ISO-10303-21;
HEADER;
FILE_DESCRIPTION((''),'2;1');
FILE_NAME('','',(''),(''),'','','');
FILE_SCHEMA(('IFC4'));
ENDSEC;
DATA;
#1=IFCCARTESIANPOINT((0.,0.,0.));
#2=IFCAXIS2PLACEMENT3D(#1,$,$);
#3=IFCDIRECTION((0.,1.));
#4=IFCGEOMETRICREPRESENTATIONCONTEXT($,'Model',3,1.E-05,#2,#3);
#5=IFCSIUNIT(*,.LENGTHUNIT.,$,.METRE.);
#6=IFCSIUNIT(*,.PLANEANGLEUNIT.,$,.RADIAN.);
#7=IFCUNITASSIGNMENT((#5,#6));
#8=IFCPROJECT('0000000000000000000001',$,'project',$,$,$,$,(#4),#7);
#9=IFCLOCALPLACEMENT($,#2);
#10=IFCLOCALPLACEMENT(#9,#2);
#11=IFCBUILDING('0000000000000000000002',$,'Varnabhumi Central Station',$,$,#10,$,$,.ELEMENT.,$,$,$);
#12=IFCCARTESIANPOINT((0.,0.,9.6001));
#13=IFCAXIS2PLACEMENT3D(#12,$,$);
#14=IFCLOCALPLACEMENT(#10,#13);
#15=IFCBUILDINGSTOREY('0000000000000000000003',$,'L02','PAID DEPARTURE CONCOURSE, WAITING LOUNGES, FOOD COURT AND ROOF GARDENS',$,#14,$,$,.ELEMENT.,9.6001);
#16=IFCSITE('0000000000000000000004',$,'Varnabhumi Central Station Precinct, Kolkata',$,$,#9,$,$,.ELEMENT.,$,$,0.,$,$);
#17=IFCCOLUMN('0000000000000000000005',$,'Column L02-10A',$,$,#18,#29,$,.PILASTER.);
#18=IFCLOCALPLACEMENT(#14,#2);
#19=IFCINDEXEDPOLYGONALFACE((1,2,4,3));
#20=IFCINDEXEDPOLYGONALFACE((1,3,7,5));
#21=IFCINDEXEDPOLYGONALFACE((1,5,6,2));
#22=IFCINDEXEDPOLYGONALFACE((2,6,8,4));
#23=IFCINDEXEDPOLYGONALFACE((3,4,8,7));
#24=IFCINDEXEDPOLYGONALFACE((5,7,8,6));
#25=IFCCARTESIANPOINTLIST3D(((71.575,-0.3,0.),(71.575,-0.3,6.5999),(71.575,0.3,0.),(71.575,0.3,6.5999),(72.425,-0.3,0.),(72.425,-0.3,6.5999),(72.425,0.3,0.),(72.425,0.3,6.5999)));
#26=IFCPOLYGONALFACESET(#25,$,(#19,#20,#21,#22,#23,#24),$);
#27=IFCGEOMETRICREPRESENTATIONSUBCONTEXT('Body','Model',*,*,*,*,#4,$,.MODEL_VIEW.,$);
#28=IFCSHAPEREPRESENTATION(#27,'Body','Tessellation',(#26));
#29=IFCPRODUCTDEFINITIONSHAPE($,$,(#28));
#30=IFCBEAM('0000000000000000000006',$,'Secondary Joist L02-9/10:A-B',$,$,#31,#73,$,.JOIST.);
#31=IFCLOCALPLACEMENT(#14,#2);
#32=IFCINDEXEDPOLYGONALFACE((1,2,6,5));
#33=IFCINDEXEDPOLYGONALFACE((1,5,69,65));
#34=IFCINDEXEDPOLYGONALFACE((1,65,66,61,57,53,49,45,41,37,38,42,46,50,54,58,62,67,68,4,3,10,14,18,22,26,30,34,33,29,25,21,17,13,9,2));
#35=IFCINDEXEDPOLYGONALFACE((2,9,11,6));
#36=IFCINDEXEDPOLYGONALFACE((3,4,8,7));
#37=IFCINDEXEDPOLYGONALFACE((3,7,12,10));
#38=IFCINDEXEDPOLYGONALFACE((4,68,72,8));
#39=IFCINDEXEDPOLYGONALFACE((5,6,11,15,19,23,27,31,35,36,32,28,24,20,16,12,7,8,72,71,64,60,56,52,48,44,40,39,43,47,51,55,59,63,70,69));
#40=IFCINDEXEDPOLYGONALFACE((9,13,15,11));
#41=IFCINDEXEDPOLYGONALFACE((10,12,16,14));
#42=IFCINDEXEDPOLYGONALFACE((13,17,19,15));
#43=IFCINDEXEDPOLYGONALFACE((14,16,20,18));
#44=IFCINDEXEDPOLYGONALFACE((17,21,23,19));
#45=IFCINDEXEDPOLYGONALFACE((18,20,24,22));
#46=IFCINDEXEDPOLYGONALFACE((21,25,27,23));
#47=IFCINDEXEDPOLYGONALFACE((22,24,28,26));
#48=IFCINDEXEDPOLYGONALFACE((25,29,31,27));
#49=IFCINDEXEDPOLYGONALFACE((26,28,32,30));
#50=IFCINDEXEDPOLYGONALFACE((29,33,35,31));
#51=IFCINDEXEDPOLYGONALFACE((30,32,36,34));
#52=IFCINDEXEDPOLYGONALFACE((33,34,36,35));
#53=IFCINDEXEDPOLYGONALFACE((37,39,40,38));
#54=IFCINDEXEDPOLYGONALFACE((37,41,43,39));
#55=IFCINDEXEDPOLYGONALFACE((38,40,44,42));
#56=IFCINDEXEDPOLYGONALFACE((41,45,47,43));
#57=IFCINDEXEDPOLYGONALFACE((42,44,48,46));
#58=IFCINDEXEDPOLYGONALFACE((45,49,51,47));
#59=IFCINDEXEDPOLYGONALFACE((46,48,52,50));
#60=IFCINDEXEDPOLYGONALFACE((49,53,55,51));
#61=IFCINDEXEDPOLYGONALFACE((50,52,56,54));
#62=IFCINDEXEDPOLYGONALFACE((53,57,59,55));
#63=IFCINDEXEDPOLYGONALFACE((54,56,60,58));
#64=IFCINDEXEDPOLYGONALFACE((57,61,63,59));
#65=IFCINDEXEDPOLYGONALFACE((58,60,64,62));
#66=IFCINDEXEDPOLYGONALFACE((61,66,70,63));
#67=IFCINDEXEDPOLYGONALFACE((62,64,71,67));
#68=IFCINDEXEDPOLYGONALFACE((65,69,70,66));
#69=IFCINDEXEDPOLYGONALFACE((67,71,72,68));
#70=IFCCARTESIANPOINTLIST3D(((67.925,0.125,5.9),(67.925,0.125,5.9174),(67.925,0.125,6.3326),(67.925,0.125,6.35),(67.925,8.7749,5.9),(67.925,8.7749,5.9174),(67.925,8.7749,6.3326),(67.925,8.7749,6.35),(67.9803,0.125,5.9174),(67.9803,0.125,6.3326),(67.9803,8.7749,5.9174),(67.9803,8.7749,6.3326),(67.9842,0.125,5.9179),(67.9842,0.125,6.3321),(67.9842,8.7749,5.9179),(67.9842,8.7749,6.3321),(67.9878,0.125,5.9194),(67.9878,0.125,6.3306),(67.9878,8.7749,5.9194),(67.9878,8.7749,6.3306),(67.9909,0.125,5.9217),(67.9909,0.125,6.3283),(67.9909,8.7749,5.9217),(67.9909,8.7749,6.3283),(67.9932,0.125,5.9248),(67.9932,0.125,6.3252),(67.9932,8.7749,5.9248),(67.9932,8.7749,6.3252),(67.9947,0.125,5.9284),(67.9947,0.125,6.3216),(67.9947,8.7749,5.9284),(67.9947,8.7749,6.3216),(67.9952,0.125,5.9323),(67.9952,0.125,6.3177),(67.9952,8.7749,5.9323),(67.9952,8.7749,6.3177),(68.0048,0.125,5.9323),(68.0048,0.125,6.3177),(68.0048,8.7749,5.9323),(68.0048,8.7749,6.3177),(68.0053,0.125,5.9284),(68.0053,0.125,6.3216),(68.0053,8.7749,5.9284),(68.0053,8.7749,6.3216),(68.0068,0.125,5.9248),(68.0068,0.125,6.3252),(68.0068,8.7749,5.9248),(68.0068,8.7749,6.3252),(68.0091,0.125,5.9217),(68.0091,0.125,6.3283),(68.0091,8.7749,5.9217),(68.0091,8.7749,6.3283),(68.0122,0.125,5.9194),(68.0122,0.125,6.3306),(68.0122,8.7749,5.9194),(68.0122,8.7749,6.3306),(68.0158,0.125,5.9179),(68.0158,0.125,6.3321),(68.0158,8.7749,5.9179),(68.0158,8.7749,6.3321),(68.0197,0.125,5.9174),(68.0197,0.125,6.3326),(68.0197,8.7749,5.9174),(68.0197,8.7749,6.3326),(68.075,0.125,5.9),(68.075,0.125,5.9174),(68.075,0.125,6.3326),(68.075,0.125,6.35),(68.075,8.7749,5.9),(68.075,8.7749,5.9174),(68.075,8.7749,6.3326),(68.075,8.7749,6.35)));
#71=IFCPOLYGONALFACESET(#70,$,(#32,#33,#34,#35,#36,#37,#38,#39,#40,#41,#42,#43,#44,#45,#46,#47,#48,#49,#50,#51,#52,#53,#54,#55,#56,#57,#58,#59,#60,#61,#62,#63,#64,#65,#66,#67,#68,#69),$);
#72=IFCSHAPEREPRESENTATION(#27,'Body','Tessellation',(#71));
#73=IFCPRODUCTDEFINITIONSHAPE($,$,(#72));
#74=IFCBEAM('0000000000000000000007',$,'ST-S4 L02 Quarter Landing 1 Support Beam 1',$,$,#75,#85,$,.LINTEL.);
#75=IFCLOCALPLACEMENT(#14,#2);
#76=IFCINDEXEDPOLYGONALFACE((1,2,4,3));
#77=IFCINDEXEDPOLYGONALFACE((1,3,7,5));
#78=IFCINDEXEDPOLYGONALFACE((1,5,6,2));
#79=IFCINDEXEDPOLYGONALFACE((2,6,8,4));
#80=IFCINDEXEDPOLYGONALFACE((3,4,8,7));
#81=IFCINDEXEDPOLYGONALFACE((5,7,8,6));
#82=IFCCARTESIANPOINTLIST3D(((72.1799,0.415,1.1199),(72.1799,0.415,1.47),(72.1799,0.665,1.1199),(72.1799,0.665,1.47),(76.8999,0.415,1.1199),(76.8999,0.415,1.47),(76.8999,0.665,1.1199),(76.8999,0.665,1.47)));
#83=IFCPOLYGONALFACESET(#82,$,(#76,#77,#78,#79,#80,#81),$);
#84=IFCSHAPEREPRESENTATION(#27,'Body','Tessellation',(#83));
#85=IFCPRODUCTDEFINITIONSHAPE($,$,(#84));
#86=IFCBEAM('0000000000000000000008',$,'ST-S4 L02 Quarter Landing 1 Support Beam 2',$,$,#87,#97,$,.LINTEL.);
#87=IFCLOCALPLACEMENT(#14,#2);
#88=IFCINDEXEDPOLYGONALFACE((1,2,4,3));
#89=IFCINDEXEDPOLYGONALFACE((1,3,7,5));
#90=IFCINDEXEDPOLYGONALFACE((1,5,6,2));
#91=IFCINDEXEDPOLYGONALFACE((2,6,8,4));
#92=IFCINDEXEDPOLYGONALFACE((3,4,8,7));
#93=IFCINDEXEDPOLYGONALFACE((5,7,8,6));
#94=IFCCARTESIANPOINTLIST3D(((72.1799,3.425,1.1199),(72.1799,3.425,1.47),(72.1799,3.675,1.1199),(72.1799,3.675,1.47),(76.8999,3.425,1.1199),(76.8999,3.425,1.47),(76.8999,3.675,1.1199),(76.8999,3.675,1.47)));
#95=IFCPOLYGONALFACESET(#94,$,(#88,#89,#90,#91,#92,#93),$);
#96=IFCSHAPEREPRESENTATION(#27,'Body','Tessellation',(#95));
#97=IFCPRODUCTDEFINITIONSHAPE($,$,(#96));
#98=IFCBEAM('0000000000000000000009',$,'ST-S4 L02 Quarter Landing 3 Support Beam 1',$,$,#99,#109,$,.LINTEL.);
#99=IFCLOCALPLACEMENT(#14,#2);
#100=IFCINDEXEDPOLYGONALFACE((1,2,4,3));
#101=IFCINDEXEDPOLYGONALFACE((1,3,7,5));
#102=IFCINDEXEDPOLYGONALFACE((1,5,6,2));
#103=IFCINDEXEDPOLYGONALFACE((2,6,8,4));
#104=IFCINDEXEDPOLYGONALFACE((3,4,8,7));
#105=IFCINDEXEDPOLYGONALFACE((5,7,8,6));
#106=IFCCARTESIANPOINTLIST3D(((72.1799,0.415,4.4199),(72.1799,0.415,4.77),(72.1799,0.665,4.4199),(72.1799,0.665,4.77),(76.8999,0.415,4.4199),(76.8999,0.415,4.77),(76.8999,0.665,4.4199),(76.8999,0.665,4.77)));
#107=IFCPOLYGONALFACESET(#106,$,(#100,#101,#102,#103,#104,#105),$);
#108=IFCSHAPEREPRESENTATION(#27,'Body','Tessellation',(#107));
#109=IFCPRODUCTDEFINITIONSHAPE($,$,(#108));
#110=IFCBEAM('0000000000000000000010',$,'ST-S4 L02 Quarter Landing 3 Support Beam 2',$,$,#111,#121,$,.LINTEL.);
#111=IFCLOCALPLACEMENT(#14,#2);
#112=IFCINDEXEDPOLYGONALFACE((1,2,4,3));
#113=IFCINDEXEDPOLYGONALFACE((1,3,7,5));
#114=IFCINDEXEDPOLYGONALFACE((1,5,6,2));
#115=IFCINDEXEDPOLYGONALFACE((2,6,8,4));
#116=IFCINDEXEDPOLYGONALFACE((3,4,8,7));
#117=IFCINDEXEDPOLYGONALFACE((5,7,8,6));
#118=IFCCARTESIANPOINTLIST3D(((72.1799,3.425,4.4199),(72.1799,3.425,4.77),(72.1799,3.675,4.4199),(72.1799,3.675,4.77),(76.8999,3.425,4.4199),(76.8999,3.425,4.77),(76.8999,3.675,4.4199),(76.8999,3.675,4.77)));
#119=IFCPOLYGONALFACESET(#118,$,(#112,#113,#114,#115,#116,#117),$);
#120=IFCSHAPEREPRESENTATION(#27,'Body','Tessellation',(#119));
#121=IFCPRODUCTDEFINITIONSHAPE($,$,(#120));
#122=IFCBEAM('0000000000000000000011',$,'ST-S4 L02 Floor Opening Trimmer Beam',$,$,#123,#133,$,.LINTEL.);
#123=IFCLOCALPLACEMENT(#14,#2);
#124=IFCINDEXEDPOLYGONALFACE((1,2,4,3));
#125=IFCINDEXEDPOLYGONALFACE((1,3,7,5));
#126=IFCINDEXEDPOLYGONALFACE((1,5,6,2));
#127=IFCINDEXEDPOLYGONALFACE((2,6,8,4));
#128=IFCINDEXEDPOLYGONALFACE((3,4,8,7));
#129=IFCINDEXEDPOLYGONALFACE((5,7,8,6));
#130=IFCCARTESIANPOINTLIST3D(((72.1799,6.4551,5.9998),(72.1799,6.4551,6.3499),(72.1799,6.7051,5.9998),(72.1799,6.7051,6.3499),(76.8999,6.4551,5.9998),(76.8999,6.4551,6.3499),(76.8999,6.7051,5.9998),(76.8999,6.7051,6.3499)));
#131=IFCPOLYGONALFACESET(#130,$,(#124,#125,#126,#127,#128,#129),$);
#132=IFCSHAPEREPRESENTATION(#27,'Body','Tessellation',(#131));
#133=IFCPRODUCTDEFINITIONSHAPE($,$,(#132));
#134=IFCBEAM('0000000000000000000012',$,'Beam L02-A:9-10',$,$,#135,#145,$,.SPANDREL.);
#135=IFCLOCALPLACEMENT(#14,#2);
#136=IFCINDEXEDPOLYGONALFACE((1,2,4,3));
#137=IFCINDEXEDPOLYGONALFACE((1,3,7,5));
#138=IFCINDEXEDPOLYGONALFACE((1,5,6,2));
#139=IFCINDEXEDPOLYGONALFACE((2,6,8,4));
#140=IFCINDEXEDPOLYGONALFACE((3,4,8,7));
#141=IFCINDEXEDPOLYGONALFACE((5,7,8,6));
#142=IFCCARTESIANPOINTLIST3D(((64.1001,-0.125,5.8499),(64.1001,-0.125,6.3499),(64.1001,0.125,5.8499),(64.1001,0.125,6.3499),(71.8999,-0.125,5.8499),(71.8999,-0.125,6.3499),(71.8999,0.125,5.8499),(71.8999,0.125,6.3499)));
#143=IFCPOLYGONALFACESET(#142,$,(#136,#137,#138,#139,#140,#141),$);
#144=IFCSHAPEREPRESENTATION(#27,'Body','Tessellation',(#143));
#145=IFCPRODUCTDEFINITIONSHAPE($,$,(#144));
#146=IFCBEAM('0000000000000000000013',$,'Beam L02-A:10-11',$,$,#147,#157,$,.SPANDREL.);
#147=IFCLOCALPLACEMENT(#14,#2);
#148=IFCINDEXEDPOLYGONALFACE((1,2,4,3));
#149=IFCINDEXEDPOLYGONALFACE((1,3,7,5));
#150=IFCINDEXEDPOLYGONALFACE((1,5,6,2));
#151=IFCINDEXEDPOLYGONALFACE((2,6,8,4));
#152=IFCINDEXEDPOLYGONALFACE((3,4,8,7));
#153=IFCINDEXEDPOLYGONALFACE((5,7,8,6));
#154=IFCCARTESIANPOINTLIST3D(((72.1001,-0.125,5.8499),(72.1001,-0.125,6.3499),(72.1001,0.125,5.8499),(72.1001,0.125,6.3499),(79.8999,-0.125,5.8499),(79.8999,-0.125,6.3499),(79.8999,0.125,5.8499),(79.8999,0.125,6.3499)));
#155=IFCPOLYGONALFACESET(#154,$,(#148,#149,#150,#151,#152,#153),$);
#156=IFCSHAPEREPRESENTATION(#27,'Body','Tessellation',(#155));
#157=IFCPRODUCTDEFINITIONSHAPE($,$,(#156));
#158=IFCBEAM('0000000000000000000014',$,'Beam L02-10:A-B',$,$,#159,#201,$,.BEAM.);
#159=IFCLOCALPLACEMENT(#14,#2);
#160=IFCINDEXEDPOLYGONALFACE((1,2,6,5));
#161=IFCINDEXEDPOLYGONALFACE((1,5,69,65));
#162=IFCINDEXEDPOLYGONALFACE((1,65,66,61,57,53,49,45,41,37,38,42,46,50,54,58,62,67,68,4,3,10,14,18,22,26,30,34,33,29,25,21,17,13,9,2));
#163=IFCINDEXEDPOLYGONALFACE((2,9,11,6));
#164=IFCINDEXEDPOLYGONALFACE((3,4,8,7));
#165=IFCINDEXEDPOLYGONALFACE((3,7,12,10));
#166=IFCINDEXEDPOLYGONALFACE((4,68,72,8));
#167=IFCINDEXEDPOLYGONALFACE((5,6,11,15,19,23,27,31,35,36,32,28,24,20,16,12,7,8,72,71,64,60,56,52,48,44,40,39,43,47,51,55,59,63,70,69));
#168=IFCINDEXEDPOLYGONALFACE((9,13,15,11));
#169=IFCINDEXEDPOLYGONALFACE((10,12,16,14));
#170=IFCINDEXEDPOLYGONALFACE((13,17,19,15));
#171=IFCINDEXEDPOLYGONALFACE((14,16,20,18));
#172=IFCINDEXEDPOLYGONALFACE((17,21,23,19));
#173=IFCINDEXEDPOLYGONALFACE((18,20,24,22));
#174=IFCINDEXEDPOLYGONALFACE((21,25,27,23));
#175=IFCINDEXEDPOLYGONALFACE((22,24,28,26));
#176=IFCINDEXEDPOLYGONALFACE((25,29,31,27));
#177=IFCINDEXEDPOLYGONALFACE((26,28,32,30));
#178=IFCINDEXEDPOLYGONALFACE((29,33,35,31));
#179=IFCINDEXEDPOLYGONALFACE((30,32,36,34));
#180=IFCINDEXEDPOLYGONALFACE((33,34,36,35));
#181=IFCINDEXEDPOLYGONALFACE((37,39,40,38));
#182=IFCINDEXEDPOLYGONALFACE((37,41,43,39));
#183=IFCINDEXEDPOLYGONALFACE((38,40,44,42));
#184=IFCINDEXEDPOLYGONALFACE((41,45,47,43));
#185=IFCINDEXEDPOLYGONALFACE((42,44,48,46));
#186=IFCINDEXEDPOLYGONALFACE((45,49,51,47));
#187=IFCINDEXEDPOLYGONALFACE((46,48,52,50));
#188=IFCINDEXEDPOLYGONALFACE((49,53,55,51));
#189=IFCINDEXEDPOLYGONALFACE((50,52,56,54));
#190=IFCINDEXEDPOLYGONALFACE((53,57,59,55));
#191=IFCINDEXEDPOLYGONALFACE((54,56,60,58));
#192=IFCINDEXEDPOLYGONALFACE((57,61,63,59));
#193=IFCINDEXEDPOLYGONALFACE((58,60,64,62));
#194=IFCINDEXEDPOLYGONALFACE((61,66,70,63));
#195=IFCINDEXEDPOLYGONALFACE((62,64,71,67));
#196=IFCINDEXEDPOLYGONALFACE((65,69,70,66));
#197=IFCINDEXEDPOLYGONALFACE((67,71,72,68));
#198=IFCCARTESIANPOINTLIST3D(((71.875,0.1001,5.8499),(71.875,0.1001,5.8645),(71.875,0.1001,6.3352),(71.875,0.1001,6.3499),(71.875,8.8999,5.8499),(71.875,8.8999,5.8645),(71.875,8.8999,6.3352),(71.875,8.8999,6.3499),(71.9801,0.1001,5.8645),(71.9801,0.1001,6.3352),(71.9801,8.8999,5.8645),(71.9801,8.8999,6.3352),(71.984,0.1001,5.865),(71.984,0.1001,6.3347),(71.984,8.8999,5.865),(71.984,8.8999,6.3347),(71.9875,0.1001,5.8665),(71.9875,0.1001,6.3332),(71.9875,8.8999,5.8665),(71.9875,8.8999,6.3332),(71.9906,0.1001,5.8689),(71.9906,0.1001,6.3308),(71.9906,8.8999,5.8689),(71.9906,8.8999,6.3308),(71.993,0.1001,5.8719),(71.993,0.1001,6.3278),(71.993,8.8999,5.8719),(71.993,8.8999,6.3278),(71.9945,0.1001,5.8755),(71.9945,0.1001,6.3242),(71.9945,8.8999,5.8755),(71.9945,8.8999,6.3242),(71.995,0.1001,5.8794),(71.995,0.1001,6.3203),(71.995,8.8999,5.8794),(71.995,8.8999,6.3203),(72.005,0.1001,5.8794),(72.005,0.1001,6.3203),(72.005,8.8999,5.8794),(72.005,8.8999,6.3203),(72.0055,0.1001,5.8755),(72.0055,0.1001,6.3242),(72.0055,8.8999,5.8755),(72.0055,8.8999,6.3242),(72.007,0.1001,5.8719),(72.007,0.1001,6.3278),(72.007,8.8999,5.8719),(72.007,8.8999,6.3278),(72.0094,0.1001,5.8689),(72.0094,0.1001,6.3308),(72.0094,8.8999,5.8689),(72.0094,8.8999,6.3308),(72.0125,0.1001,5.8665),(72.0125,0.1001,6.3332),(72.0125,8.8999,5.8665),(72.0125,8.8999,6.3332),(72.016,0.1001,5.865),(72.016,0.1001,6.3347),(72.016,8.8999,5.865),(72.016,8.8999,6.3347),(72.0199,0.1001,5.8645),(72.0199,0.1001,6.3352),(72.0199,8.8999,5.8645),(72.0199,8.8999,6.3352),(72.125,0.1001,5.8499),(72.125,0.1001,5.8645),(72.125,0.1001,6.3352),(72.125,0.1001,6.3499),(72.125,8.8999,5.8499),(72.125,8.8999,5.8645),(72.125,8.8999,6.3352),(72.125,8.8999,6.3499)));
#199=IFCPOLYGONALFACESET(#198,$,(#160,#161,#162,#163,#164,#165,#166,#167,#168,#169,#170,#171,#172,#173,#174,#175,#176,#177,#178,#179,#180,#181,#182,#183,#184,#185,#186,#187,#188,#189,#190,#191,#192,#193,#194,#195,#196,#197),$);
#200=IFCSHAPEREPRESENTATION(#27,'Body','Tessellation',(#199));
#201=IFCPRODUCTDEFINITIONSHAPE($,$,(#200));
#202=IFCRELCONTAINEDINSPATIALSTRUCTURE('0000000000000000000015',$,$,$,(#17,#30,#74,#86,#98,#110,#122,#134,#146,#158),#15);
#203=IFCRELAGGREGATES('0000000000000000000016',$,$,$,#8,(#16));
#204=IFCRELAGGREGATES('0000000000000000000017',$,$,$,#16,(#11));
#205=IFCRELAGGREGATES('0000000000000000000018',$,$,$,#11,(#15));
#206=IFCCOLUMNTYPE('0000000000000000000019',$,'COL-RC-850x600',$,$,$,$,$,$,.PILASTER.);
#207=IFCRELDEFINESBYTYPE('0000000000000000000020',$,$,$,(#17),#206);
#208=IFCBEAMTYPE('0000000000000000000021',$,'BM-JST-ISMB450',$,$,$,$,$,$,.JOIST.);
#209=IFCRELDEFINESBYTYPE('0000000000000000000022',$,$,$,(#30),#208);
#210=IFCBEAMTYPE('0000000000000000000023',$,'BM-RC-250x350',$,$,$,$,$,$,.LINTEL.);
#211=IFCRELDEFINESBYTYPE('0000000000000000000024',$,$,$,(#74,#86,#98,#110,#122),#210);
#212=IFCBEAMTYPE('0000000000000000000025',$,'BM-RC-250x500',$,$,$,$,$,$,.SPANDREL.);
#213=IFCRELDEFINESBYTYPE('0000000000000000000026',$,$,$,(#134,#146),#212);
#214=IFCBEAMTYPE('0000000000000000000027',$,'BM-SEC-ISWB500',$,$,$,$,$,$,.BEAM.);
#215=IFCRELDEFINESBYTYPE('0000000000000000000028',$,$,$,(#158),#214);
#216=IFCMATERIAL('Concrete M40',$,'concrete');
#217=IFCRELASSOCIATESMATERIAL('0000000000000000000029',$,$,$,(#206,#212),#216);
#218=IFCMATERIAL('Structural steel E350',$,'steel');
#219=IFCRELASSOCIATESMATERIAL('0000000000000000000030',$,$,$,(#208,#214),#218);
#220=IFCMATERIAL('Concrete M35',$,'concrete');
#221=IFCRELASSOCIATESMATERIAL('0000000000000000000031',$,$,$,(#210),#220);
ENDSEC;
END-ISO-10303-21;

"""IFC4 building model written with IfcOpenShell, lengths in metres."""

from ifc_helpers import new_model, si_unit, direction, frame, origin, origin_2d, place, context, subcontext, project, spatial, rectangle, i_section, extrude, material, material_profile, profile_set, type_object, element, save


model = new_model("IFC4")

# Units and contexts
model_context = context("Model", 3, precision=1e-05, world=origin(), true_north=direction((0.0, 1.0)))
body_context = subcontext(model_context, "Body", "Model", "MODEL_VIEW")
ifc_project = project(units=[si_unit("LENGTHUNIT", "METRE"), si_unit("PLANEANGLEUNIT", "RADIAN")], contexts=[model_context])

# Site, building, storey
site_placement = place(None, origin())
site = spatial("IfcSite", under=ifc_project, at=site_placement, Name="Varnabhumi Central Station Precinct, Kolkata", CompositionType="ELEMENT", RefElevation=0.0)
building_placement = place(site_placement, origin())
building = spatial("IfcBuilding", under=site, at=building_placement, Name="Varnabhumi Central Station", CompositionType="ELEMENT")
storey_placement = place(building_placement, frame((0.0, 0.0, 9.6001)))
storey = spatial("IfcBuildingStorey", under=building, at=storey_placement, Name="L02", Description="PAID DEPARTURE CONCOURSE, WAITING LOUNGES, FOOD COURT AND ROOF GARDENS", CompositionType="ELEMENT", Elevation=9.6001)

# Column
ifc_material_1 = material(Name="Concrete M40", Category="concrete")
ifc_material_profile_1 = material_profile(ifc_material_1, rectangle(XDim=0.8501, YDim=0.6001, at=origin_2d()), Name="Concrete M40", Category="concrete")
ifc_profile_set_1 = profile_set([ifc_material_profile_1], Name="Concrete M40")
column_type = type_object("IfcColumnType", Name="COL-RC-850x600", PredefinedType="PILASTER", material=ifc_profile_set_1)
column_placement = place(storey_placement, frame((72.0, 0.0, 0.0), z_axis=(0.0, 0.0, 1.0), x_axis=(1.0, 0.0, 0.0)))
element("IfcColumn", 1, at=column_placement, inside=storey, type_object=column_type, Name="Column L02-10A", PredefinedType="PILASTER", context=body_context, shape_type="SweptSolid", body=[
    extrude(rectangle(XDim=0.8501, YDim=0.6001, at=origin_2d()), origin(), (0.0, 0.0, 1.0), 6.5999),
])

# Beams
ifc_material_2 = material(Name="Structural steel E350", Category="steel")
ifc_material_profile_2 = material_profile(ifc_material_2, i_section(OverallWidth=0.1499, OverallDepth=0.45, WebThickness=0.0095, FlangeThickness=0.0173, FilletRadius=0.0149, at=origin_2d()), Name="Structural steel E350", Category="steel")
ifc_profile_set_2 = profile_set([ifc_material_profile_2], Name="Structural steel E350")
beam_type_1 = type_object("IfcBeamType", Name="BM-JST-ISMB450", PredefinedType="JOIST", material=ifc_profile_set_2)
beam_1_placement = place(storey_placement, frame((68.0, 0.125, 6.125), z_axis=(0.0, 1.0, 0.0), x_axis=(-1.0, 0.0, 0.0)))
element("IfcBeam", 2, at=beam_1_placement, inside=storey, type_object=beam_type_1, Name="Secondary Joist L02-9/10:A-B", PredefinedType="JOIST", context=body_context, shape_type="SweptSolid", body=[
    extrude(i_section(OverallWidth=0.1499, OverallDepth=0.45, WebThickness=0.0095, FlangeThickness=0.0173, FilletRadius=0.0149, at=origin_2d()), origin(), (0.0, 0.0, 1.0), 8.6499),
])
ifc_material_3 = material(Name="Concrete M35", Category="concrete")
ifc_material_profile_3 = material_profile(ifc_material_3, rectangle(XDim=0.25, YDim=0.3501, at=origin_2d()), Name="Concrete M35", Category="concrete")
ifc_profile_set_3 = profile_set([ifc_material_profile_3], Name="Concrete M35")
beam_type_2 = type_object("IfcBeamType", Name="BM-RC-250x350", PredefinedType="LINTEL", material=ifc_profile_set_3)
for number, where, z_axis, x_axis, name in (
    (3, (72.1799, 0.54, 1.2949), (1.0, 0.0, 0.0), (0.0, 1.0, 0.0), "ST-S4 L02 Quarter Landing 1 Support Beam 1"),
    (4, (72.1799, 3.55, 1.2949), (1.0, 0.0, 0.0), (0.0, 1.0, 0.0), "ST-S4 L02 Quarter Landing 1 Support Beam 2"),
    (5, (72.1799, 0.54, 4.595), (1.0, 0.0, 0.0), (0.0, 1.0, 0.0), "ST-S4 L02 Quarter Landing 3 Support Beam 1"),
    (6, (72.1799, 3.55, 4.595), (1.0, 0.0, 0.0), (0.0, 1.0, 0.0), "ST-S4 L02 Quarter Landing 3 Support Beam 2"),
    (7, (72.1799, 6.5801, 6.1748), (1.0, 0.0, 0.0), (0.0, 1.0, 0.0), "ST-S4 L02 Floor Opening Trimmer Beam"),
):
    element("IfcBeam", number, at=place(storey_placement, frame(where, z_axis=z_axis, x_axis=x_axis)), inside=storey, type_object=beam_type_2, Name=name, PredefinedType="LINTEL", context=body_context, shape_type="SweptSolid", body=[
        extrude(rectangle(XDim=0.25, YDim=0.3501, at=origin_2d()), origin(), (0.0, 0.0, 1.0), 4.72),
    ])
ifc_material_profile_4 = material_profile(ifc_material_1, rectangle(XDim=0.25, YDim=0.5, at=origin_2d()), Name="Concrete M40", Category="concrete")
ifc_profile_set_4 = profile_set([ifc_material_profile_4], Name="Concrete M40")
beam_type_3 = type_object("IfcBeamType", Name="BM-RC-250x500", PredefinedType="SPANDREL", material=ifc_profile_set_4)
for number, where, z_axis, x_axis, name in (
    (8, (64.1001, 0.0, 6.0999), (1.0, 0.0, 0.0), (0.0, 1.0, 0.0), "Beam L02-A:9-10"),
    (9, (72.1001, 0.0, 6.0999), (1.0, 0.0, 0.0), (0.0, 1.0, 0.0), "Beam L02-A:10-11"),
):
    element("IfcBeam", number, at=place(storey_placement, frame(where, z_axis=z_axis, x_axis=x_axis)), inside=storey, type_object=beam_type_3, Name=name, PredefinedType="SPANDREL", context=body_context, shape_type="SweptSolid", body=[
        extrude(rectangle(XDim=0.25, YDim=0.5, at=origin_2d()), origin(), (0.0, 0.0, 1.0), 7.7998),
    ])
ifc_material_profile_5 = material_profile(ifc_material_2, i_section(OverallWidth=0.25, OverallDepth=0.5, WebThickness=0.01, FlangeThickness=0.0146, FilletRadius=0.0149, at=origin_2d()), Name="Structural steel E350", Category="steel")
ifc_profile_set_5 = profile_set([ifc_material_profile_5], Name="Structural steel E350")
beam_type_4 = type_object("IfcBeamType", Name="BM-SEC-ISWB500", PredefinedType="BEAM", material=ifc_profile_set_5)
beam_2_placement = place(storey_placement, frame((72.0, 0.1001, 6.0999), z_axis=(0.0, 1.0, 0.0), x_axis=(-1.0, 0.0, 0.0)))
element("IfcBeam", 10, at=beam_2_placement, inside=storey, type_object=beam_type_4, Name="Beam L02-10:A-B", PredefinedType="BEAM", context=body_context, shape_type="SweptSolid", body=[
    extrude(i_section(OverallWidth=0.25, OverallDepth=0.5, WebThickness=0.01, FlangeThickness=0.0146, FilletRadius=0.0149, at=origin_2d()), origin(), (0.0, 0.0, 1.0), 8.7998),
])

save(model, "model.ifc")
